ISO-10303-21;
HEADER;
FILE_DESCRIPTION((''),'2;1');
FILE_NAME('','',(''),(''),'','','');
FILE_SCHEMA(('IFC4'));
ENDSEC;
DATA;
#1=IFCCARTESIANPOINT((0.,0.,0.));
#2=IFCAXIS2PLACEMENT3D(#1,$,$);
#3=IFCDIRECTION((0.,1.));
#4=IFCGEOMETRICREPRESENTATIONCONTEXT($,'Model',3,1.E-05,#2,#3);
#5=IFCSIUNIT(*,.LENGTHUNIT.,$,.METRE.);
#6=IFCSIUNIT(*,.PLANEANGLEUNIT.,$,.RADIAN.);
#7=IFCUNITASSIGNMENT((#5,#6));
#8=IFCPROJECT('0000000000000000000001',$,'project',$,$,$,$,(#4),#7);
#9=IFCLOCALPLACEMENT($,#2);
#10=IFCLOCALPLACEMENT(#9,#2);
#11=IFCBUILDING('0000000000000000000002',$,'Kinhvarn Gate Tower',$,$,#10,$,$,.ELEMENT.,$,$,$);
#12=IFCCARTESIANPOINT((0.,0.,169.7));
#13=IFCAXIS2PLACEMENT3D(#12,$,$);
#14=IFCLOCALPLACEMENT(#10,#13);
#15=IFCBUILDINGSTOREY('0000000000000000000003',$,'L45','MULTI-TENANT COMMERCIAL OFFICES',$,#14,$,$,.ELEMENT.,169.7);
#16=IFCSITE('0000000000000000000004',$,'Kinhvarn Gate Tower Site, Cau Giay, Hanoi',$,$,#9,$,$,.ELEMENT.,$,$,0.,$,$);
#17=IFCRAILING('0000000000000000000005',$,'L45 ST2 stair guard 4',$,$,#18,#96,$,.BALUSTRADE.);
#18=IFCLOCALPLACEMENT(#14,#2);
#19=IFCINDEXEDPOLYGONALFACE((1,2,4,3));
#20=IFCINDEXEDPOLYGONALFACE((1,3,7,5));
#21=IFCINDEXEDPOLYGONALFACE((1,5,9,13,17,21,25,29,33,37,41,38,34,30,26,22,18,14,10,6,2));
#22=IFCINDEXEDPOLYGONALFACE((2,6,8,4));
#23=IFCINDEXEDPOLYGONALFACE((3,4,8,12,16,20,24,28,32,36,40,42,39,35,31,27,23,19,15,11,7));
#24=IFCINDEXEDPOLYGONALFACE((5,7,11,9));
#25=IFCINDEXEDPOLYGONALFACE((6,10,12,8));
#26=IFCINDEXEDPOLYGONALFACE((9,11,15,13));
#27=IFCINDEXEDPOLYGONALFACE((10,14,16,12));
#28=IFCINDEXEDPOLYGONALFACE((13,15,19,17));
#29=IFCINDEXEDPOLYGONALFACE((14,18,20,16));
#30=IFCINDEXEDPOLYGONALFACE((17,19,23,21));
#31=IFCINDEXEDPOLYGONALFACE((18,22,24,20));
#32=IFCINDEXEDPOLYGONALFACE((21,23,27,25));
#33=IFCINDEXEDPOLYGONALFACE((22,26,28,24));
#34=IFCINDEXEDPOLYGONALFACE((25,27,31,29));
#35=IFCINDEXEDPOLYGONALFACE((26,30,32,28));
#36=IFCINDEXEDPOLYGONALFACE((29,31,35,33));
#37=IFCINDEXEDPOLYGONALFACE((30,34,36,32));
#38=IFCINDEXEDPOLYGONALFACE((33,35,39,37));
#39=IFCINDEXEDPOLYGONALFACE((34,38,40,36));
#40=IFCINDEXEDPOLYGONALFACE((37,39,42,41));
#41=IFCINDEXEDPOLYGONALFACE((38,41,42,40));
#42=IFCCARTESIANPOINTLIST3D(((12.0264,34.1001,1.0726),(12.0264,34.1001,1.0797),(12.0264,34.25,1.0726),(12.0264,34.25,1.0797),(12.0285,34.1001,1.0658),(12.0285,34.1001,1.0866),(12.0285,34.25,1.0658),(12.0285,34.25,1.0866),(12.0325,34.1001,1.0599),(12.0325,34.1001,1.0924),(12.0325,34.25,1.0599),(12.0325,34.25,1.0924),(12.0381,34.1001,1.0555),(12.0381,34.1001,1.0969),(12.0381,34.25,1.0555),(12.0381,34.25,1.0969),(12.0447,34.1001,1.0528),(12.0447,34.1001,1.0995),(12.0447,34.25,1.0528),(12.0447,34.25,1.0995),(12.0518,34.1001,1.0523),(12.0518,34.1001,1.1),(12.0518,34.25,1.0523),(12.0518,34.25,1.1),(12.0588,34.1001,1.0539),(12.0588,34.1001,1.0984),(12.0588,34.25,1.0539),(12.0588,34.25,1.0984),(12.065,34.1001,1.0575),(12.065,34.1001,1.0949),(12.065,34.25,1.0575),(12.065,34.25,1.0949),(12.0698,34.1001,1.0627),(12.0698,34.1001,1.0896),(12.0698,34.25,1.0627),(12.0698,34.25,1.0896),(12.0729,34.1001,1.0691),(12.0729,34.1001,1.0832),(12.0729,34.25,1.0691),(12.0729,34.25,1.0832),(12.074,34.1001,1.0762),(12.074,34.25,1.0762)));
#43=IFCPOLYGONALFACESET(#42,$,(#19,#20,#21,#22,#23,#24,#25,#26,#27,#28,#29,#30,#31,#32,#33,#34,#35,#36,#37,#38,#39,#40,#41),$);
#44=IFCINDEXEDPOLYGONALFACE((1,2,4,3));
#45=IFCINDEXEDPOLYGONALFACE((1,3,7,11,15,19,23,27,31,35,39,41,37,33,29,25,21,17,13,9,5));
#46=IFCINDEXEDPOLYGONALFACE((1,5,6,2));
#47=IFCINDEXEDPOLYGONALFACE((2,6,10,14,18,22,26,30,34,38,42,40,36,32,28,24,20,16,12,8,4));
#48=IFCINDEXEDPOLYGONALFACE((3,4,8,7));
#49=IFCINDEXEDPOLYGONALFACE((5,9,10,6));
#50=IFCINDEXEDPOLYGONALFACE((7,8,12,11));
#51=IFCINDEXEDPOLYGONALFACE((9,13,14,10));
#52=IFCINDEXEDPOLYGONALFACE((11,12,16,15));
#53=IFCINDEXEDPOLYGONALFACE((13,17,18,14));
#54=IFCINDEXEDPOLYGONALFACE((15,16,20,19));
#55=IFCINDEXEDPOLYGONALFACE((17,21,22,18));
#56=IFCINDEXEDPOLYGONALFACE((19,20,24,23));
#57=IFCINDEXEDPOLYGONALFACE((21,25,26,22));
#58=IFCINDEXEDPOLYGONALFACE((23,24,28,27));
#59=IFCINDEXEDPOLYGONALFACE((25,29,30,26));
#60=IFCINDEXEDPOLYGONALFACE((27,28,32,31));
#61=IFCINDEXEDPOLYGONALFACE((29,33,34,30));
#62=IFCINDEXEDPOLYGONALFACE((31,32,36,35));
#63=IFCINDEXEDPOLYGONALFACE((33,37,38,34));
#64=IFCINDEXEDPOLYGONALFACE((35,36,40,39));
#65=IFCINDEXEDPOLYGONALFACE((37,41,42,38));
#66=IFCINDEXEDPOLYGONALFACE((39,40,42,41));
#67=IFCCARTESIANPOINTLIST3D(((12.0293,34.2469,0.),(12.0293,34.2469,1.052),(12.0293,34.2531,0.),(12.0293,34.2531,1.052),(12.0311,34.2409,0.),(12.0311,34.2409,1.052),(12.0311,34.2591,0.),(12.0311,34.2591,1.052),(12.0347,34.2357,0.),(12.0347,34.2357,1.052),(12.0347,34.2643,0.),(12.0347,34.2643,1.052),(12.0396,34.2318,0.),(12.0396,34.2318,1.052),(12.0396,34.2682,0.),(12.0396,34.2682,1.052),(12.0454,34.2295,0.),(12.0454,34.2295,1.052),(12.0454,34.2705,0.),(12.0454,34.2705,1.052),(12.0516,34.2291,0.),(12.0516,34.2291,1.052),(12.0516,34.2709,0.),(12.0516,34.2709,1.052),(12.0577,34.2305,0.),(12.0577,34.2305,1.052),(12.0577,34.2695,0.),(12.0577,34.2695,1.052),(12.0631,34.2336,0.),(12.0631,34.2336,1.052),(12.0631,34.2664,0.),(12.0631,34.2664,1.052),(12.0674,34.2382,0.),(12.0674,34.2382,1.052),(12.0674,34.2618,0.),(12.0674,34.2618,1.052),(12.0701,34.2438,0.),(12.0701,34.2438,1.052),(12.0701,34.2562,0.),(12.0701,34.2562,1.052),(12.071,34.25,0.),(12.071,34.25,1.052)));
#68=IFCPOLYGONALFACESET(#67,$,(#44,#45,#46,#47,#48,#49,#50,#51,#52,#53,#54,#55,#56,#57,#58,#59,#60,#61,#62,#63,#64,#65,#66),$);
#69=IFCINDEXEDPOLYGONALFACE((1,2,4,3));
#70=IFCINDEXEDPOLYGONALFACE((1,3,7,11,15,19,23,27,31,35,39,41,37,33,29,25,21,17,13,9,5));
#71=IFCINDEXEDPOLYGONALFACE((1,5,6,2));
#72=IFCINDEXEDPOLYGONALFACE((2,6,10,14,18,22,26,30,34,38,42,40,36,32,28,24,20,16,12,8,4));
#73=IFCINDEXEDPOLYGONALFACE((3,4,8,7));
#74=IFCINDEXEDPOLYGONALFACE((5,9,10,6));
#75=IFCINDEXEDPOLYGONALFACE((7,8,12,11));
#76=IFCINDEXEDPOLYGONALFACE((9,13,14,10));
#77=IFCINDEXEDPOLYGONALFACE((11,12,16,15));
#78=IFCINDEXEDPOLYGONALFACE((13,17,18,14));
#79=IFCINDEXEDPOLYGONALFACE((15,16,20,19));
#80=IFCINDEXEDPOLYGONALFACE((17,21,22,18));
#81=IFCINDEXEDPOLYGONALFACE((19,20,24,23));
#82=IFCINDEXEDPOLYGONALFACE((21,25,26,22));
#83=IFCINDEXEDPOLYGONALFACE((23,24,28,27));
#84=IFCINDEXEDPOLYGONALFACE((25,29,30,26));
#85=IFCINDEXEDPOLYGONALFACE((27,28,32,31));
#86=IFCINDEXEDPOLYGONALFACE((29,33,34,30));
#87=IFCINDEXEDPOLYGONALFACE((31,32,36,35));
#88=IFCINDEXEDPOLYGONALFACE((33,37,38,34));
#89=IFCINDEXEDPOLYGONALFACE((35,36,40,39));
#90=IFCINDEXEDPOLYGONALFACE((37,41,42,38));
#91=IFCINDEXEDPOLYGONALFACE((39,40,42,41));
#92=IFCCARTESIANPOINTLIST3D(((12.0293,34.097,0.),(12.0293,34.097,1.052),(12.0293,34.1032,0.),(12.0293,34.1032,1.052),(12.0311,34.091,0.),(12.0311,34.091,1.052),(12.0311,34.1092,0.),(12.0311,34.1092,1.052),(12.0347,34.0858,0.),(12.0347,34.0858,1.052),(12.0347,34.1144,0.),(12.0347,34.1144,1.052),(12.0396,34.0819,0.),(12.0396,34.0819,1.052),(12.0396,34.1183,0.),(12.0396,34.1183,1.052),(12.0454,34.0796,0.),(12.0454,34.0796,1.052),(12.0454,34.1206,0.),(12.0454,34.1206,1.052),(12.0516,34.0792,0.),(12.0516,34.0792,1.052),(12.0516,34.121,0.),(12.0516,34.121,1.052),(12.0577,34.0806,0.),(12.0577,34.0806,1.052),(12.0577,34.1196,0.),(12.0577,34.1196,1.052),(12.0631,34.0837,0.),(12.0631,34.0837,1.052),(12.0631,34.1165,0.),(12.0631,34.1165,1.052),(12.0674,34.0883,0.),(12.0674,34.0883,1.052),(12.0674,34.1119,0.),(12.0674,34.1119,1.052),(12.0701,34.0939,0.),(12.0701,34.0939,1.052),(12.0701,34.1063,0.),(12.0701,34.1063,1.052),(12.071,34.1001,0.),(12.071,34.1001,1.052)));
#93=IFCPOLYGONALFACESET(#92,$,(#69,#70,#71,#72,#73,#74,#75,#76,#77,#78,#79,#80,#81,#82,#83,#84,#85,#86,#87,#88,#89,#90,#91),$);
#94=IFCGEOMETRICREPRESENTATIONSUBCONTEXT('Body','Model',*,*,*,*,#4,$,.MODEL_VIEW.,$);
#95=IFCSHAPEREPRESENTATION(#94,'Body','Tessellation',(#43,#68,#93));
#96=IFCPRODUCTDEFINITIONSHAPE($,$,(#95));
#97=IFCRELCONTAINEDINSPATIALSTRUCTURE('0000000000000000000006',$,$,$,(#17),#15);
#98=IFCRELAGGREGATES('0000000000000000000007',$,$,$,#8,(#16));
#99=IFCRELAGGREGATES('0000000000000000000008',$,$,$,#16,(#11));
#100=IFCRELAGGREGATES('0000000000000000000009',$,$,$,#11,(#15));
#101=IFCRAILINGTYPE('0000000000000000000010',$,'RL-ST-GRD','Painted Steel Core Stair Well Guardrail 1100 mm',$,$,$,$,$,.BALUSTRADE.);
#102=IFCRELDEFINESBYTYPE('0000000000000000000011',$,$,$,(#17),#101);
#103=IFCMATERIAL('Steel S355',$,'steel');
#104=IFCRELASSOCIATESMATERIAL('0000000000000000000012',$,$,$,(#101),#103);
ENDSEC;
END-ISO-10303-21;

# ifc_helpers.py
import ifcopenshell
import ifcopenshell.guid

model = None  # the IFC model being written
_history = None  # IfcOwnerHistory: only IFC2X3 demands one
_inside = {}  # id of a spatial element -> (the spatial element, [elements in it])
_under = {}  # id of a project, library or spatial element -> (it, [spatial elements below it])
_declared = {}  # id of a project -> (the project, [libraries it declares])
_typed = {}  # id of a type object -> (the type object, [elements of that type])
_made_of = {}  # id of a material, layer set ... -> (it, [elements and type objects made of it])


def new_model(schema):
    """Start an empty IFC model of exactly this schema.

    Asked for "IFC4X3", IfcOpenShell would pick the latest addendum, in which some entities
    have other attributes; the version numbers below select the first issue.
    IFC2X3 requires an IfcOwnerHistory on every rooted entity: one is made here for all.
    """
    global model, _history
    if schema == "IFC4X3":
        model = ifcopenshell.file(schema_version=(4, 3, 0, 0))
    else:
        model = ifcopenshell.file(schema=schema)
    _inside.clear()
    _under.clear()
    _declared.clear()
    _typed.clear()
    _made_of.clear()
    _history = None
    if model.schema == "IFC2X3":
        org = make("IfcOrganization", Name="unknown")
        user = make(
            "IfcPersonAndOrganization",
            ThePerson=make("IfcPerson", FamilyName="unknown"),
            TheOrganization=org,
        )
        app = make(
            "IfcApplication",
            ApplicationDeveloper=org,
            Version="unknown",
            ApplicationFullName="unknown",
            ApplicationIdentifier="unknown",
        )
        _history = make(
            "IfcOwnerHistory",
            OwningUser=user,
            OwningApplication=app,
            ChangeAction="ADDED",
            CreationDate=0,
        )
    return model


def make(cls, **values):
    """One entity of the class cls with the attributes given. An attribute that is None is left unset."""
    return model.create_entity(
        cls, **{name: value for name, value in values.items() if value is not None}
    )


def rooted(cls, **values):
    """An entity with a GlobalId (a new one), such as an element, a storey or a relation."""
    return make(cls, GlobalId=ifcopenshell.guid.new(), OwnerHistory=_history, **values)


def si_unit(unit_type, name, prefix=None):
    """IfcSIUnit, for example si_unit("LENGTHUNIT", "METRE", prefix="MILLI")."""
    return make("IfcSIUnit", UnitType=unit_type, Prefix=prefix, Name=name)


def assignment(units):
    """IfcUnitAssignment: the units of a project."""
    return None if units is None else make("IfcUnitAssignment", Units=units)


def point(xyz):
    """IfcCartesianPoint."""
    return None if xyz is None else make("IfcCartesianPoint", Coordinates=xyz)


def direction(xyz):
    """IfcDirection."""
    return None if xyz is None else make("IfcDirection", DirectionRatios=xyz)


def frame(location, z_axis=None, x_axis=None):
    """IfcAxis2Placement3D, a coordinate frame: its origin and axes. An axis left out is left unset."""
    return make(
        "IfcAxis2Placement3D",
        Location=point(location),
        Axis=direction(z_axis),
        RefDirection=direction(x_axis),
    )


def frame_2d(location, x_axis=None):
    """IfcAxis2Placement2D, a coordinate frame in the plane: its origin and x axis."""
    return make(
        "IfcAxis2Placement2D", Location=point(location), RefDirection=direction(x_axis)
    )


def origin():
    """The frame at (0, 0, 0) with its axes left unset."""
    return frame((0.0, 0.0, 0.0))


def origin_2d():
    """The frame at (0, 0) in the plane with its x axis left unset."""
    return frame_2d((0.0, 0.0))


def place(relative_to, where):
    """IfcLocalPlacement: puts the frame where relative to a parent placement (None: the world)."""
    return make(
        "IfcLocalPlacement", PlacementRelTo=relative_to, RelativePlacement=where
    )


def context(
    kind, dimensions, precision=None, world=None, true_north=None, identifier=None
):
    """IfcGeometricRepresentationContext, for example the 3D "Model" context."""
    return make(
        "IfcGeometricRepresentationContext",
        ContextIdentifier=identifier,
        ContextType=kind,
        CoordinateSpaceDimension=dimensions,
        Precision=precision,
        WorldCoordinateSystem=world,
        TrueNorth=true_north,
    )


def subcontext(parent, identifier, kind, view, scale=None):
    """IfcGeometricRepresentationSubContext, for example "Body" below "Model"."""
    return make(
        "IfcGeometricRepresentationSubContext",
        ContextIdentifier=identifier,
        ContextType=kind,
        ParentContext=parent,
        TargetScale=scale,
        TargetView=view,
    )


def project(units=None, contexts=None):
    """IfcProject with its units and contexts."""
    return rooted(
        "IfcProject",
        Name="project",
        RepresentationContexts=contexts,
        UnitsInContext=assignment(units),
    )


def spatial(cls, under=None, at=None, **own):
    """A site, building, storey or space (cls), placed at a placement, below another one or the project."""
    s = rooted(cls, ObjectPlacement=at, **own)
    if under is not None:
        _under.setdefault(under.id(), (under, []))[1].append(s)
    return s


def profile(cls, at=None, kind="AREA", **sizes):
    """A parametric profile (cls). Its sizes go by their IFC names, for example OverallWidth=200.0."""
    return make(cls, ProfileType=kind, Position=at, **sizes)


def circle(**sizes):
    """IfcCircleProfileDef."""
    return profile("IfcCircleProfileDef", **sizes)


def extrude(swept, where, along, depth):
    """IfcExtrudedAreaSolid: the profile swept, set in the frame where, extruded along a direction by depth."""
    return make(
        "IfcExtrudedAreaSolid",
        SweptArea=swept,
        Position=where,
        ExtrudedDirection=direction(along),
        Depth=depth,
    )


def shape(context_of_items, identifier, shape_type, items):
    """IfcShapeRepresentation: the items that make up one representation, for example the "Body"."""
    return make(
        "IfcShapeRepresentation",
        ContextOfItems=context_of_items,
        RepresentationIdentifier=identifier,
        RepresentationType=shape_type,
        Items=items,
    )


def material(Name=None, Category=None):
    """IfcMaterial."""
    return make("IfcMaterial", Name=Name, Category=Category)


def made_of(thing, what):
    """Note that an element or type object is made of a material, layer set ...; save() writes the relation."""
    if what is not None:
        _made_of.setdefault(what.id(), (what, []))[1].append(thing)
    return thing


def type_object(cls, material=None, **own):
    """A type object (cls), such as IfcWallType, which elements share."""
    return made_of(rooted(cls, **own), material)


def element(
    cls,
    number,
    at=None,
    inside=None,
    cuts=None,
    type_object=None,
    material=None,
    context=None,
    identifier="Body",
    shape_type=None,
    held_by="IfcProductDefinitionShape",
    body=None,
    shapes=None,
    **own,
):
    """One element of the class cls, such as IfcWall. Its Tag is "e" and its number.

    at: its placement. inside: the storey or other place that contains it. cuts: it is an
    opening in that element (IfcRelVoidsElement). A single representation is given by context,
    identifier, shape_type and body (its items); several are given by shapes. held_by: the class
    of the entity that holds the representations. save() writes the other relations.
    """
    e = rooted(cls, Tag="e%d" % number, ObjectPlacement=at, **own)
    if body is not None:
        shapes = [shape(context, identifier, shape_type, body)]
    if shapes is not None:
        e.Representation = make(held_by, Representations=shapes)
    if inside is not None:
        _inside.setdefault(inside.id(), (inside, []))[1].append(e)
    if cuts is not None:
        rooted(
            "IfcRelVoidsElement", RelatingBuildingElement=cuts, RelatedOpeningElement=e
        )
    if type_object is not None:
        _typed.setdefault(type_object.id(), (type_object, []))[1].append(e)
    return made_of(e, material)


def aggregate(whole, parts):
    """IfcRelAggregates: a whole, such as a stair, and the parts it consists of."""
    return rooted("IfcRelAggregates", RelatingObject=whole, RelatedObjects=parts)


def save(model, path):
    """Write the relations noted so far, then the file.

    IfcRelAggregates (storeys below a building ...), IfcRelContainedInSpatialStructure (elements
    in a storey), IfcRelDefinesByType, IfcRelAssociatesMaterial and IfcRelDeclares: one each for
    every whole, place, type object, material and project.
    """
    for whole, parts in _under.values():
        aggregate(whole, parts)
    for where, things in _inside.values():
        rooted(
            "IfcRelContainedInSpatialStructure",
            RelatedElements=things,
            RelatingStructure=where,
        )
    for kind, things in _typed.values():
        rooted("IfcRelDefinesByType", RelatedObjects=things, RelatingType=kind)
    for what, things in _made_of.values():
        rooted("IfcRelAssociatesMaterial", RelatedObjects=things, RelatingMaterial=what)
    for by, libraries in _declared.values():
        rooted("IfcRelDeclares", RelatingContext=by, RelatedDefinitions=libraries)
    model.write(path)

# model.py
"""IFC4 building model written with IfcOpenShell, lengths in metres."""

from ifc_helpers import new_model, si_unit, direction, frame, origin, origin_2d, place, context, subcontext, project, spatial, circle, extrude, material, type_object, element, save


model = new_model("IFC4")

# Units and contexts
model_context = context("Model", 3, precision=1e-05, world=origin(), true_north=direction((0.0, 1.0)))
body_context = subcontext(model_context, "Body", "Model", "MODEL_VIEW")
ifc_project = project(units=[si_unit("LENGTHUNIT", "METRE"), si_unit("PLANEANGLEUNIT", "RADIAN")], contexts=[model_context])

# Site, building, storey
site_placement = place(None, origin())
site = spatial("IfcSite", under=ifc_project, at=site_placement, Name="Kinhvarn Gate Tower Site, Cau Giay, Hanoi", CompositionType="ELEMENT", RefElevation=0.0)
building_placement = place(site_placement, origin())
building = spatial("IfcBuilding", under=site, at=building_placement, Name="Kinhvarn Gate Tower", CompositionType="ELEMENT")
storey_placement = place(building_placement, frame((0.0, 0.0, 169.7)))
storey = spatial("IfcBuildingStorey", under=building, at=storey_placement, Name="L45", Description="MULTI-TENANT COMMERCIAL OFFICES", CompositionType="ELEMENT", Elevation=169.7)

# Shared definitions
ifc_material_1 = material(Name="Steel S355", Category="steel")

# Railing
railing_type_1 = type_object("IfcRailingType", Name="RL-ST-GRD", Description="Painted Steel Core Stair Well Guardrail 1100 mm", PredefinedType="BALUSTRADE", material=ifc_material_1)
railing_1_placement = place(storey_placement, frame((12.05, 34.25, 0.0)))
element("IfcRailing", 1, at=railing_1_placement, inside=storey, type_object=railing_type_1, Name="L45 ST2 stair guard 4", PredefinedType="BALUSTRADE", context=body_context, shape_type="SweptSolid", body=[
    extrude(circle(Radius=0.0239, at=origin_2d()), frame((0.0, 0.0, 1.0762), z_axis=(0.0, -1.0, 0.0), x_axis=(1.0, 0.0, 0.0)), (0.0, 0.0, 1.0), 0.1499),
    extrude(circle(Radius=0.021, at=origin_2d()), origin(), (0.0, 0.0, 1.0), 1.052),
    extrude(circle(Radius=0.021, at=origin_2d()), frame((0.0, -0.1499, 0.0)), (0.0, 0.0, 1.0), 1.052),
])

save(model, "model.ifc")
